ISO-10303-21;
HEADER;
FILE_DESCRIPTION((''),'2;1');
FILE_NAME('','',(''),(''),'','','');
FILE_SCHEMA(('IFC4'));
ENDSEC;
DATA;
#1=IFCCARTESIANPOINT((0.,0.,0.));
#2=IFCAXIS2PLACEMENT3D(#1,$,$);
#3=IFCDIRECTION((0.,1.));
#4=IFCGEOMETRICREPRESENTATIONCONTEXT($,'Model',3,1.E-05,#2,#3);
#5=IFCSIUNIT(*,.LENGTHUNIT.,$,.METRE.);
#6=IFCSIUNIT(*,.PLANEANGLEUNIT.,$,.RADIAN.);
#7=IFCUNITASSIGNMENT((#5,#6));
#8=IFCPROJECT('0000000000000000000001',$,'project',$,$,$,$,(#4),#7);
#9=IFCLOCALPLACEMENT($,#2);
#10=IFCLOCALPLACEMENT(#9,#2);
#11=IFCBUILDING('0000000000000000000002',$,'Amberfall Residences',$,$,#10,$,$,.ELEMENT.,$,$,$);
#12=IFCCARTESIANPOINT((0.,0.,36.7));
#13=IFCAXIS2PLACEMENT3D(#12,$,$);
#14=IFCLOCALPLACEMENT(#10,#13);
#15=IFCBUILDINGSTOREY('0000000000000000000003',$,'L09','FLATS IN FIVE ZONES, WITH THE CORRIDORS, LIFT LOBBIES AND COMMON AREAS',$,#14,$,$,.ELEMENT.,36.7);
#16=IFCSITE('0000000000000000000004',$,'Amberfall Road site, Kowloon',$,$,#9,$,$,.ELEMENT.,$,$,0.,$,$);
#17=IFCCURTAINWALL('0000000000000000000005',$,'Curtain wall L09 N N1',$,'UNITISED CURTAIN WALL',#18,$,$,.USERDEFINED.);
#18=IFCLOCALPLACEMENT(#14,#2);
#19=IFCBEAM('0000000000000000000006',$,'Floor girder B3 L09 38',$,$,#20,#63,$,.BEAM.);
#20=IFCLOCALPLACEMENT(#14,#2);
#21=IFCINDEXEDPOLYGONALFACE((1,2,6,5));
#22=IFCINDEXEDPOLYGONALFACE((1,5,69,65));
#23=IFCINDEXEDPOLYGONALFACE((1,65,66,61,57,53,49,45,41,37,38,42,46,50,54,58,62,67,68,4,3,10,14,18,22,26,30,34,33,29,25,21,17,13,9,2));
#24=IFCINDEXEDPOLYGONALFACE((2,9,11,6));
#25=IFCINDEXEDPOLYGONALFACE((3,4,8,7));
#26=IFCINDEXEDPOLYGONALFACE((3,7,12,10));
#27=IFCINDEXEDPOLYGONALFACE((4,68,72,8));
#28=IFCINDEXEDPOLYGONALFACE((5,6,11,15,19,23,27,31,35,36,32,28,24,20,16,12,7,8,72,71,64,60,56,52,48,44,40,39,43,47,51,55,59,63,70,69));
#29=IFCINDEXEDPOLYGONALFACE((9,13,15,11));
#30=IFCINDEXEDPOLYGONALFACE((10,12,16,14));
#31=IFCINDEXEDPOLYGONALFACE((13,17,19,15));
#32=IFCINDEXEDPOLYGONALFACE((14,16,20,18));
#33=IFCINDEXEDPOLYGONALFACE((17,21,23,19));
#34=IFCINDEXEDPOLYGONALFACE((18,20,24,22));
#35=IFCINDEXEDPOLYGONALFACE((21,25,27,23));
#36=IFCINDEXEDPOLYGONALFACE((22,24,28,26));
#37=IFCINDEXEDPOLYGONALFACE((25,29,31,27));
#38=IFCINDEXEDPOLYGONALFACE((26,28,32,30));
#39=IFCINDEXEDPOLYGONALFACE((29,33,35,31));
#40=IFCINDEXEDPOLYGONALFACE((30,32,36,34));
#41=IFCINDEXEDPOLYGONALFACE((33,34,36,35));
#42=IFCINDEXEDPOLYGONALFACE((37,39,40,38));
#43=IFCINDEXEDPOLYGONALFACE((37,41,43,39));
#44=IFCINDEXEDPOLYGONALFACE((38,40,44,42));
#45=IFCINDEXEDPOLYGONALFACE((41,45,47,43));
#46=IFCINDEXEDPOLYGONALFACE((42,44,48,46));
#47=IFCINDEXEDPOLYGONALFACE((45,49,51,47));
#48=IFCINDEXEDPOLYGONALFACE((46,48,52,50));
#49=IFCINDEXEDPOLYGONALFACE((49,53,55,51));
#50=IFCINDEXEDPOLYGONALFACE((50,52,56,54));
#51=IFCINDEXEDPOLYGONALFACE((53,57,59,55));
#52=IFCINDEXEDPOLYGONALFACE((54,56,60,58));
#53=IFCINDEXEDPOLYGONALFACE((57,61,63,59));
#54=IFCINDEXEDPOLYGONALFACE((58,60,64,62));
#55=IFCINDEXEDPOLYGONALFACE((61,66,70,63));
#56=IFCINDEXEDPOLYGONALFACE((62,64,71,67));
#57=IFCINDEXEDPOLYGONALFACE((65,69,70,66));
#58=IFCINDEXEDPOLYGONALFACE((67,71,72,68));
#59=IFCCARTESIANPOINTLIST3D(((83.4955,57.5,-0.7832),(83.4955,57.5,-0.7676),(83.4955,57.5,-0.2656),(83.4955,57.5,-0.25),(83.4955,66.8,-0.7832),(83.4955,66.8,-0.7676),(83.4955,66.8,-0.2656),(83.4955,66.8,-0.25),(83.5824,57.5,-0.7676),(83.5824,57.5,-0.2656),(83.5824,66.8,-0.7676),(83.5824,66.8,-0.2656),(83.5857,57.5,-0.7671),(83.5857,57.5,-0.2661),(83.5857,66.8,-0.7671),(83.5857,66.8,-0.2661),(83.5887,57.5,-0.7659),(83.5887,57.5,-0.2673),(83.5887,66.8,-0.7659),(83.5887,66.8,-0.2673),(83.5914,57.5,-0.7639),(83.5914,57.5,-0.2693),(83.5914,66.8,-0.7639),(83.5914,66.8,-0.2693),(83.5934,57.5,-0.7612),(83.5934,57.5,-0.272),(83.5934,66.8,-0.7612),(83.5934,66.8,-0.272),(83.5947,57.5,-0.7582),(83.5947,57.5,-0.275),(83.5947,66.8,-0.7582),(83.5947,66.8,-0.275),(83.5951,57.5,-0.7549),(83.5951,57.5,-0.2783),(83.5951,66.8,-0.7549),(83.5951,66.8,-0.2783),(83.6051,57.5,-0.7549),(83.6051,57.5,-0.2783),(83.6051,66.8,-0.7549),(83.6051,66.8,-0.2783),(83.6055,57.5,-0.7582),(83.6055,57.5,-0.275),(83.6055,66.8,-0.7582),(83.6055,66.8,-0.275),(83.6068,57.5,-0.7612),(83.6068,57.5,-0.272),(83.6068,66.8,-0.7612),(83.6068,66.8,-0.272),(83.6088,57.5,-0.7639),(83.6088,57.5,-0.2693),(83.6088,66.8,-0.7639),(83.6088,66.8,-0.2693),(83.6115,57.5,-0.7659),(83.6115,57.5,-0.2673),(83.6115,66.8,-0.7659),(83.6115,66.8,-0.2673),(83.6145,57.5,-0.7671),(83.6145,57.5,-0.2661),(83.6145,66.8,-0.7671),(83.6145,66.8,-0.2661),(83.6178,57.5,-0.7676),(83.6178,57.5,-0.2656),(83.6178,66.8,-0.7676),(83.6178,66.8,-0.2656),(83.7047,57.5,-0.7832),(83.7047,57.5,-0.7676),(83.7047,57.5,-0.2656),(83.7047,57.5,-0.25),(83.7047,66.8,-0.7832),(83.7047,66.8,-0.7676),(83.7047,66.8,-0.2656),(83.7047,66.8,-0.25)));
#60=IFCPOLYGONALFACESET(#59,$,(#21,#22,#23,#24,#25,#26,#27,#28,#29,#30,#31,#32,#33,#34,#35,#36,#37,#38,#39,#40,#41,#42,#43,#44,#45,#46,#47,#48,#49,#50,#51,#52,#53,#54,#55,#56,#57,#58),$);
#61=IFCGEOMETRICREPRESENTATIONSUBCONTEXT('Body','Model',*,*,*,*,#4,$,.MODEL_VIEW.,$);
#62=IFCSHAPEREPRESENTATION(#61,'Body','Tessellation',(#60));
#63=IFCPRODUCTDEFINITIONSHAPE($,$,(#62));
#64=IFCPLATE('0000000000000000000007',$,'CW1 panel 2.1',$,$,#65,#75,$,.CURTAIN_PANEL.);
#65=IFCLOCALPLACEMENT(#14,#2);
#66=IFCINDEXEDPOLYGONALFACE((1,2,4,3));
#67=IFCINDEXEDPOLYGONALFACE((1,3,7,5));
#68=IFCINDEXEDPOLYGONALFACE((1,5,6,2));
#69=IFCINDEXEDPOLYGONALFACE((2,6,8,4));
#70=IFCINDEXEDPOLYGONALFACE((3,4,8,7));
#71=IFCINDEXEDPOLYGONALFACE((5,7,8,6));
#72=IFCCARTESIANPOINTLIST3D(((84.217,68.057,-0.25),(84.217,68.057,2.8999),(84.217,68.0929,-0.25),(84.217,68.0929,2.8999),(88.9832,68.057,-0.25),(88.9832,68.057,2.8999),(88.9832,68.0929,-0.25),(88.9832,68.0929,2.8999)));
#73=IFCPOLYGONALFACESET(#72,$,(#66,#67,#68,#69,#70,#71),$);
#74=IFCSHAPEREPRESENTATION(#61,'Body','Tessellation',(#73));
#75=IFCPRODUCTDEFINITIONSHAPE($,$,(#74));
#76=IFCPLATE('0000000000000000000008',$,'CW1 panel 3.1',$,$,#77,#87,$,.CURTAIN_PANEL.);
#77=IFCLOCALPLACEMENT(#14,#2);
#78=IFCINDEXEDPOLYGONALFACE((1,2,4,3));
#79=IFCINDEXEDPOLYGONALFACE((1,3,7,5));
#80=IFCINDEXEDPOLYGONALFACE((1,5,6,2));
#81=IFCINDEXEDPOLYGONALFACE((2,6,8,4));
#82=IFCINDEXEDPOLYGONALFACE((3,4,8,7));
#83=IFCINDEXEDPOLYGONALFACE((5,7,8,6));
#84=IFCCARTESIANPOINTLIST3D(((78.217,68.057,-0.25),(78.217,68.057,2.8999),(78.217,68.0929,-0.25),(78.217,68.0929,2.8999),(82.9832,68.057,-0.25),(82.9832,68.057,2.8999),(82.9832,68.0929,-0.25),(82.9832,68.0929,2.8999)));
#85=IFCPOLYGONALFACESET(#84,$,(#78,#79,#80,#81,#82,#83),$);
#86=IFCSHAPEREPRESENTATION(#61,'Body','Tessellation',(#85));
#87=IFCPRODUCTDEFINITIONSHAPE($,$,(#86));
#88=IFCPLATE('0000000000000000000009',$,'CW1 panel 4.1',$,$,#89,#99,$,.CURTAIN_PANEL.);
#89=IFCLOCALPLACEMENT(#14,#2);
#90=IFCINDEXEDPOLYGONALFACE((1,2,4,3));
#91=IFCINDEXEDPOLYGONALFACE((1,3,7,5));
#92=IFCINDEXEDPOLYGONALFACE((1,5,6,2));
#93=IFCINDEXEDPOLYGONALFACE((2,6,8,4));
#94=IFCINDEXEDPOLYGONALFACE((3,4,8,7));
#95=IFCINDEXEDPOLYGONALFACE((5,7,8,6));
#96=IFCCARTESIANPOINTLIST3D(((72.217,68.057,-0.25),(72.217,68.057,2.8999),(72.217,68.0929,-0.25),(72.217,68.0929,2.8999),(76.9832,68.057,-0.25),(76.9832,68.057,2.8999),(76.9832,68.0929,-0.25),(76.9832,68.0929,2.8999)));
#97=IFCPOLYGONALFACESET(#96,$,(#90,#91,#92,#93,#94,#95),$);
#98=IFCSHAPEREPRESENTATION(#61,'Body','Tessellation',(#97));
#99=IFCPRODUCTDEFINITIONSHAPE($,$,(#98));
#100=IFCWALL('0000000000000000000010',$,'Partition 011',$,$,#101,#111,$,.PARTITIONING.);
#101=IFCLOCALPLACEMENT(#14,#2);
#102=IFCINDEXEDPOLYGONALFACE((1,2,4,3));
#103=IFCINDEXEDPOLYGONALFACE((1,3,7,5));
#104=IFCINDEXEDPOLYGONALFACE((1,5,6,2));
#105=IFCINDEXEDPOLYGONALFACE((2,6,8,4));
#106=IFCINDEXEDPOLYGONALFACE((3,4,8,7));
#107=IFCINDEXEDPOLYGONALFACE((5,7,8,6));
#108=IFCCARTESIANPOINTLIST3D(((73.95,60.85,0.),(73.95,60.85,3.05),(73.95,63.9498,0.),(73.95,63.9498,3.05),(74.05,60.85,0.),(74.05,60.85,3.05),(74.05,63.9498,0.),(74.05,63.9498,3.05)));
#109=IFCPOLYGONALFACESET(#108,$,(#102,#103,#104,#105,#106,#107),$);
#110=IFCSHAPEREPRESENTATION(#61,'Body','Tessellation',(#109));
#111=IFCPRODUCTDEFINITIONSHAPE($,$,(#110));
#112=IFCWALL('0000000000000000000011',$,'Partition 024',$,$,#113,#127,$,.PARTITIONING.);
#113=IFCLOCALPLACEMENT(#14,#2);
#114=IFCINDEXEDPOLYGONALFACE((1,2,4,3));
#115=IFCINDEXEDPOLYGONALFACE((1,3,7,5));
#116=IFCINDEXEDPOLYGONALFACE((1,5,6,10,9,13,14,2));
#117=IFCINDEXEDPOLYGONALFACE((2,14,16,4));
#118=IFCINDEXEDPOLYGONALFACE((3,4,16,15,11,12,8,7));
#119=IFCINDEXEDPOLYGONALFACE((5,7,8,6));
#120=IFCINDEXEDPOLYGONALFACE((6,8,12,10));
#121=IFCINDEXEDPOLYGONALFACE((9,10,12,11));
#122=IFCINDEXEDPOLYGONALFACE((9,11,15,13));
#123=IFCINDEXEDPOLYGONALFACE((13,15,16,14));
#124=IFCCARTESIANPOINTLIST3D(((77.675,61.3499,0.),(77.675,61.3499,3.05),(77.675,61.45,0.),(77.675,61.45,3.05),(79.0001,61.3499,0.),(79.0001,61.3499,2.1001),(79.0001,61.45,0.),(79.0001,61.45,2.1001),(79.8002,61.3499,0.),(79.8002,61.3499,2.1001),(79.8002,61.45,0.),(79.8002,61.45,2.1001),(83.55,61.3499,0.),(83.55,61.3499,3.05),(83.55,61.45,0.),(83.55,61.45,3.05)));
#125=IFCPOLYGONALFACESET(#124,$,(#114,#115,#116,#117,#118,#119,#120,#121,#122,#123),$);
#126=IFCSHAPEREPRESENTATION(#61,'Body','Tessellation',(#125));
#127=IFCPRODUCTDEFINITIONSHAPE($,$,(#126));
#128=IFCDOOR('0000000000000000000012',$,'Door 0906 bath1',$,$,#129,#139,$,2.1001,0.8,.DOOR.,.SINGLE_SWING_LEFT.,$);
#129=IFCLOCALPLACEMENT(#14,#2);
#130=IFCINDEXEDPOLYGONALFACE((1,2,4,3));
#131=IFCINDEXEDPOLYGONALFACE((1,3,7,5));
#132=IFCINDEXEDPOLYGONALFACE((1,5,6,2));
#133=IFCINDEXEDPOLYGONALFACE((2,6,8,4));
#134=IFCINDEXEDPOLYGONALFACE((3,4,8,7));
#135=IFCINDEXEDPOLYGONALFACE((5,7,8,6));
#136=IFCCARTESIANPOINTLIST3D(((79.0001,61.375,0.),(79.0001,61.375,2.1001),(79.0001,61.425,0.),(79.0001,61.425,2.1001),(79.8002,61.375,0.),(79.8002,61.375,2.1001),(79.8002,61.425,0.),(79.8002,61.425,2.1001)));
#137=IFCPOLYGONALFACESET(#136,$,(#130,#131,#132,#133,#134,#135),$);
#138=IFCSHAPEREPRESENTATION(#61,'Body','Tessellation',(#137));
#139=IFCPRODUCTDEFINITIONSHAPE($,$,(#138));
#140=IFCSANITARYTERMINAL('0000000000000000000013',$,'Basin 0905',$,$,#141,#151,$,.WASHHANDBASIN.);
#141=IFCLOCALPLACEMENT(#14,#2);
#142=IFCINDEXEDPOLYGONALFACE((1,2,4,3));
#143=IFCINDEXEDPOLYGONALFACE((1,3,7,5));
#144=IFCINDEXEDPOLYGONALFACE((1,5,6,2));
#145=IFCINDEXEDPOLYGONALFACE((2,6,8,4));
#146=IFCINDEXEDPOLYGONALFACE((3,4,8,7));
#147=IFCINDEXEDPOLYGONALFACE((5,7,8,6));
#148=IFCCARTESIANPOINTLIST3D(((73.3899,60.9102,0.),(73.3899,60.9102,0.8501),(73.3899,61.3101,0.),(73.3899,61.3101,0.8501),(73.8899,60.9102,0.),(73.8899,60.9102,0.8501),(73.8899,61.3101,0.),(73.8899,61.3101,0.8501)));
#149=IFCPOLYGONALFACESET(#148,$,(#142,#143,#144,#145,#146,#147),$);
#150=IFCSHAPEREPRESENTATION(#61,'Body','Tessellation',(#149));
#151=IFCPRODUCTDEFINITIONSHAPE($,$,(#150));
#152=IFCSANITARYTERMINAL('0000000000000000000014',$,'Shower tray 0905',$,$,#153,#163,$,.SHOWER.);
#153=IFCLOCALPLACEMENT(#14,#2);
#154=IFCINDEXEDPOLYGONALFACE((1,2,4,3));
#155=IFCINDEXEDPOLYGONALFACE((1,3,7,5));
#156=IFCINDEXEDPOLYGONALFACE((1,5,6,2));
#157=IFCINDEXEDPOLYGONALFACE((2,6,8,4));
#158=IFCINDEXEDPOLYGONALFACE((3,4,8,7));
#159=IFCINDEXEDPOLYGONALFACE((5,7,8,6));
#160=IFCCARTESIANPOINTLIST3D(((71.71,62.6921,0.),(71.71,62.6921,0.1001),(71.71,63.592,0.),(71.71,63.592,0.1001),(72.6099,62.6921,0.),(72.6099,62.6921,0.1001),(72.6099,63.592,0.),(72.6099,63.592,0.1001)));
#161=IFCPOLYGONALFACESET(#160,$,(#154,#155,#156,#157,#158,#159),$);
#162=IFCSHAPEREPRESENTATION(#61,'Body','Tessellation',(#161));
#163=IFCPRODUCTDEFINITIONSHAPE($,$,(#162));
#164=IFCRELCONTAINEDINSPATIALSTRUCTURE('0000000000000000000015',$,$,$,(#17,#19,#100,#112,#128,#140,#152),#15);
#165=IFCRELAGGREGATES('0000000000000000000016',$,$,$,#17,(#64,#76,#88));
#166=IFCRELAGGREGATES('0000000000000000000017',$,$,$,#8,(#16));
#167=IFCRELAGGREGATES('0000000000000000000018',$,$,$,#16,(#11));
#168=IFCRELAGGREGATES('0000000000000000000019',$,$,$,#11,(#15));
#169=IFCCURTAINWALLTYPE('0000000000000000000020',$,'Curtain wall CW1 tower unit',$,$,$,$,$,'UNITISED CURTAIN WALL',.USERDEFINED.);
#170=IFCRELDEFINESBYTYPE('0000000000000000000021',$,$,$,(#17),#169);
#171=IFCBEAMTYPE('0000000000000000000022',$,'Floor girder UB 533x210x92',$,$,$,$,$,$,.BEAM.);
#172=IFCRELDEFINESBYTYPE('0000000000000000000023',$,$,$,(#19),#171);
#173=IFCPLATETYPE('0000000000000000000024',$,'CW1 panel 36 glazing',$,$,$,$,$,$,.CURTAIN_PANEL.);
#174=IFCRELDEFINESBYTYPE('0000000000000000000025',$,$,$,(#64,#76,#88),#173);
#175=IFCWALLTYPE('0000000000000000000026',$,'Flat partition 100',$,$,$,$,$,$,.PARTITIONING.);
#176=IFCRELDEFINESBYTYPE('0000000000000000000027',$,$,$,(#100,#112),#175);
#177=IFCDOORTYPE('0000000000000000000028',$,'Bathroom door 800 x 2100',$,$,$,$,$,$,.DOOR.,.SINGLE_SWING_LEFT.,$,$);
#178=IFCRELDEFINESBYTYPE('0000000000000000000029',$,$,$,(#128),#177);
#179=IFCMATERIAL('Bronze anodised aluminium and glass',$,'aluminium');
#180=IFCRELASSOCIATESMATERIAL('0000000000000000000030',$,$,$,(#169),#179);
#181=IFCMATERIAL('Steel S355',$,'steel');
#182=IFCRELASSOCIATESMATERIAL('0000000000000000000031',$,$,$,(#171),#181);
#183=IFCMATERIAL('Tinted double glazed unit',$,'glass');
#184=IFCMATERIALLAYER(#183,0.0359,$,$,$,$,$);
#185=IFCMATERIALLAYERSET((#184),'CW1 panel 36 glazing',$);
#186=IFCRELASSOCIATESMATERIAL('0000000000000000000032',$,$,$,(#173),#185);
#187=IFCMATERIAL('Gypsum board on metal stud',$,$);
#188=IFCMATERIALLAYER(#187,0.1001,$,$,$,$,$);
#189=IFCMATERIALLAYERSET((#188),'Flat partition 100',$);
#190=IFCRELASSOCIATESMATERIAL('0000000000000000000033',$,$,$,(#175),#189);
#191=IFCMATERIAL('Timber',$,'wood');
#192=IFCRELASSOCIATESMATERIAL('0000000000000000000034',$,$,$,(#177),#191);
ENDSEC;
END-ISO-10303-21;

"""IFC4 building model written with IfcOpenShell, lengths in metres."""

from ifc_helpers import new_model, si_unit, direction, frame, frame_2d, origin, origin_2d, place, context, subcontext, project, spatial, rectangle, i_section, extrude, material, layer, layer_set, material_profile, profile_set, type_object, element, fill, aggregate, save


model = new_model("IFC4")

# Units and contexts
model_context = context("Model", 3, precision=1e-05, world=origin(), true_north=direction((0.0, 1.0)))
body_context = subcontext(model_context, "Body", "Model", "MODEL_VIEW")
ifc_project = project(units=[si_unit("LENGTHUNIT", "METRE"), si_unit("PLANEANGLEUNIT", "RADIAN")], contexts=[model_context])

# Site, building, storey
site_placement = place(None, origin())
site = spatial("IfcSite", under=ifc_project, at=site_placement, Name="Amberfall Road site, Kowloon", CompositionType="ELEMENT", RefElevation=0.0)
building_placement = place(site_placement, origin())
building = spatial("IfcBuilding", under=site, at=building_placement, Name="Amberfall Residences", CompositionType="ELEMENT")
storey_placement = place(building_placement, frame((0.0, 0.0, 36.7)))
storey = spatial("IfcBuildingStorey", under=building, at=storey_placement, Name="L09", Description="FLATS IN FIVE ZONES, WITH THE CORRIDORS, LIFT LOBBIES AND COMMON AREAS", CompositionType="ELEMENT", Elevation=36.7)

# Curtain wall
ifc_material_1 = material(Name="Bronze anodised aluminium and glass", Category="aluminium")
curtain_wall_type = type_object("IfcCurtainWallType", Name="Curtain wall CW1 tower unit", ElementType="UNITISED CURTAIN WALL", PredefinedType="USERDEFINED", material=ifc_material_1)
curtain_wall_placement = place(storey_placement, origin())
curtain_wall = element("IfcCurtainWall", 1, at=curtain_wall_placement, inside=storey, type_object=curtain_wall_type, Name="Curtain wall L09 N N1", ObjectType="UNITISED CURTAIN WALL", PredefinedType="USERDEFINED")

# Shared definitions
ifc_material_2 = material(Name="Steel S355", Category="steel")

# Beam
ifc_material_profile_1 = material_profile(ifc_material_2, i_section(OverallWidth=0.2092, OverallDepth=0.5332, WebThickness=0.01, FlangeThickness=0.0156, FilletRadius=0.0127, at=origin_2d()), Name="UB 533x210x92")
ifc_profile_set_1 = profile_set([ifc_material_profile_1], Name="Steel S355")
beam_type_1 = type_object("IfcBeamType", Name="Floor girder UB 533x210x92", PredefinedType="BEAM", material=ifc_profile_set_1)
for number, where, z_axis, x_axis, name in (
    (2, (83.6001, 66.8, -0.5166), (0.0, -1.0, 0.0), (1.0, 0.0, 0.0), "Floor girder B3 L09 38"),
):
    element("IfcBeam", number, at=place(storey_placement, frame(where, z_axis=z_axis, x_axis=x_axis)), inside=storey, type_object=beam_type_1, Name=name, PredefinedType="BEAM", context=body_context, shape_type="SweptSolid", body=[
        extrude(i_section(OverallWidth=0.2092, OverallDepth=0.5332, WebThickness=0.01, FlangeThickness=0.0156, FilletRadius=0.0127, at=origin_2d()), origin(), (0.0, 0.0, 1.0), 9.3),
    ])

# Plates
ifc_material_3 = material(Name="Tinted double glazed unit", Category="glass")
ifc_layer_1 = layer(ifc_material_3, 0.0359)
ifc_layer_set_1 = layer_set([ifc_layer_1], Name="CW1 panel 36 glazing")
plate_type = type_object("IfcPlateType", Name="CW1 panel 36 glazing", PredefinedType="CURTAIN_PANEL", material=ifc_layer_set_1)
plate_1_placement = place(storey_placement, frame((86.6001, 68.075, -0.25), z_axis=(0.0, 0.0, 1.0), x_axis=(-1.0, 0.0, 0.0)))
plate_1 = element("IfcPlate", 3, at=plate_1_placement, type_object=plate_type, Name="CW1 panel 2.1", PredefinedType="CURTAIN_PANEL", context=body_context, shape_type="SweptSolid", body=[
    extrude(rectangle(XDim=4.7661, YDim=0.0359, at=origin_2d()), origin(), (0.0, 0.0, 1.0), 3.1499),
])
plate_2_placement = place(storey_placement, frame((80.6001, 68.075, -0.25), z_axis=(0.0, 0.0, 1.0), x_axis=(-1.0, 0.0, 0.0)))
plate_2 = element("IfcPlate", 4, at=plate_2_placement, type_object=plate_type, Name="CW1 panel 3.1", PredefinedType="CURTAIN_PANEL", context=body_context, shape_type="SweptSolid", body=[
    extrude(rectangle(XDim=4.7661, YDim=0.0359, at=origin_2d()), origin(), (0.0, 0.0, 1.0), 3.1499),
])
plate_3_placement = place(storey_placement, frame((74.6001, 68.075, -0.25), z_axis=(0.0, 0.0, 1.0), x_axis=(-1.0, 0.0, 0.0)))
plate_3 = element("IfcPlate", 5, at=plate_3_placement, type_object=plate_type, Name="CW1 panel 4.1", PredefinedType="CURTAIN_PANEL", context=body_context, shape_type="SweptSolid", body=[
    extrude(rectangle(XDim=4.7661, YDim=0.0359, at=origin_2d()), origin(), (0.0, 0.0, 1.0), 3.1499),
])
aggregate(curtain_wall, [plate_1, plate_2, plate_3])

# Wall
ifc_material_4 = material(Name="Gypsum board on metal stud")
ifc_layer_2 = layer(ifc_material_4, 0.1001)
ifc_layer_set_2 = layer_set([ifc_layer_2], Name="Flat partition 100")
wall_type = type_object("IfcWallType", Name="Flat partition 100", PredefinedType="PARTITIONING", material=ifc_layer_set_2)
wall_1_placement = place(storey_placement, frame((74.0, 60.8501, 0.0), z_axis=(0.0, 0.0, 1.0), x_axis=(0.0, 1.0, 0.0)))
element("IfcWall", 6, at=wall_1_placement, inside=storey, type_object=wall_type, Name="Partition 011", PredefinedType="PARTITIONING", context=body_context, shape_type="SweptSolid", body=[
    extrude(rectangle(XDim=3.0999, YDim=0.1001, at=frame_2d((1.5498, 0.0))), origin(), (0.0, 0.0, 1.0), 3.05),
])

# Wall, opening, door
wall_2_placement = place(storey_placement, frame((83.55, 61.3999, 0.0), z_axis=(0.0, 0.0, 1.0), x_axis=(-1.0, 0.0, 0.0)))
wall_2 = element("IfcWall", 7, at=wall_2_placement, inside=storey, type_object=wall_type, Name="Partition 024", PredefinedType="PARTITIONING", context=body_context, shape_type="SweptSolid", body=[
    extrude(rectangle(XDim=5.875, YDim=0.1001, at=frame_2d((2.9375, 0.0))), origin(), (0.0, 0.0, 1.0), 3.05),
])
opening_placement = place(wall_2_placement, frame((3.75, 0.0, 0.0)))
opening = element("IfcOpeningElement", 8, at=opening_placement, cuts=wall_2, PredefinedType="OPENING", context=body_context, shape_type="SweptSolid", body=[
    extrude(rectangle(XDim=0.8, YDim=2.1001, at=frame_2d((0.3999, 1.05))), frame((0.0, 0.0601, 0.0), z_axis=(0.0, -1.0, 0.0), x_axis=(1.0, 0.0, 0.0)), (0.0, 0.0, 1.0), 0.1201),
])
ifc_material_5 = material(Name="Timber", Category="wood")
door_type = type_object("IfcDoorType", Name="Bathroom door 800 x 2100", OperationType="SINGLE_SWING_LEFT", PredefinedType="DOOR", material=ifc_material_5)
door_placement = place(opening_placement, origin())
door = element("IfcDoor", 9, at=door_placement, inside=storey, type_object=door_type, Name="Door 0906 bath1", OperationType="SINGLE_SWING_LEFT", OverallHeight=2.1001, OverallWidth=0.8, PredefinedType="DOOR", context=body_context, shape_type="SweptSolid", body=[
    extrude(rectangle(XDim=0.8, YDim=2.1001, at=frame_2d((0.3999, 1.05))), frame((0.0, 0.0249, 0.0), z_axis=(0.0, -1.0, 0.0), x_axis=(1.0, 0.0, 0.0)), (0.0, 0.0, 1.0), 0.05),
])
fill(opening, door)

# Sanitary terminals
sanitary_terminal_1_placement = place(storey_placement, frame((73.6399, 61.1101, 0.0), z_axis=(0.0, 0.0, 1.0), x_axis=(1.0, 0.0, 0.0)))
element("IfcSanitaryTerminal", 10, at=sanitary_terminal_1_placement, inside=storey, Name="Basin 0905", PredefinedType="WASHHANDBASIN", context=body_context, shape_type="SweptSolid", body=[
    extrude(rectangle(XDim=0.5, YDim=0.3999, at=origin_2d()), origin(), (0.0, 0.0, 1.0), 0.8501),
])
sanitary_terminal_2_placement = place(storey_placement, frame((72.1599, 63.1421, 0.0), z_axis=(0.0, 0.0, 1.0), x_axis=(1.0, 0.0, 0.0)))
element("IfcSanitaryTerminal", 11, at=sanitary_terminal_2_placement, inside=storey, Name="Shower tray 0905", PredefinedType="SHOWER", context=body_context, shape_type="SweptSolid", body=[
    extrude(rectangle(XDim=0.8999, YDim=0.8999, at=origin_2d()), origin(), (0.0, 0.0, 1.0), 0.1001),
])

save(model, "model.ifc")
